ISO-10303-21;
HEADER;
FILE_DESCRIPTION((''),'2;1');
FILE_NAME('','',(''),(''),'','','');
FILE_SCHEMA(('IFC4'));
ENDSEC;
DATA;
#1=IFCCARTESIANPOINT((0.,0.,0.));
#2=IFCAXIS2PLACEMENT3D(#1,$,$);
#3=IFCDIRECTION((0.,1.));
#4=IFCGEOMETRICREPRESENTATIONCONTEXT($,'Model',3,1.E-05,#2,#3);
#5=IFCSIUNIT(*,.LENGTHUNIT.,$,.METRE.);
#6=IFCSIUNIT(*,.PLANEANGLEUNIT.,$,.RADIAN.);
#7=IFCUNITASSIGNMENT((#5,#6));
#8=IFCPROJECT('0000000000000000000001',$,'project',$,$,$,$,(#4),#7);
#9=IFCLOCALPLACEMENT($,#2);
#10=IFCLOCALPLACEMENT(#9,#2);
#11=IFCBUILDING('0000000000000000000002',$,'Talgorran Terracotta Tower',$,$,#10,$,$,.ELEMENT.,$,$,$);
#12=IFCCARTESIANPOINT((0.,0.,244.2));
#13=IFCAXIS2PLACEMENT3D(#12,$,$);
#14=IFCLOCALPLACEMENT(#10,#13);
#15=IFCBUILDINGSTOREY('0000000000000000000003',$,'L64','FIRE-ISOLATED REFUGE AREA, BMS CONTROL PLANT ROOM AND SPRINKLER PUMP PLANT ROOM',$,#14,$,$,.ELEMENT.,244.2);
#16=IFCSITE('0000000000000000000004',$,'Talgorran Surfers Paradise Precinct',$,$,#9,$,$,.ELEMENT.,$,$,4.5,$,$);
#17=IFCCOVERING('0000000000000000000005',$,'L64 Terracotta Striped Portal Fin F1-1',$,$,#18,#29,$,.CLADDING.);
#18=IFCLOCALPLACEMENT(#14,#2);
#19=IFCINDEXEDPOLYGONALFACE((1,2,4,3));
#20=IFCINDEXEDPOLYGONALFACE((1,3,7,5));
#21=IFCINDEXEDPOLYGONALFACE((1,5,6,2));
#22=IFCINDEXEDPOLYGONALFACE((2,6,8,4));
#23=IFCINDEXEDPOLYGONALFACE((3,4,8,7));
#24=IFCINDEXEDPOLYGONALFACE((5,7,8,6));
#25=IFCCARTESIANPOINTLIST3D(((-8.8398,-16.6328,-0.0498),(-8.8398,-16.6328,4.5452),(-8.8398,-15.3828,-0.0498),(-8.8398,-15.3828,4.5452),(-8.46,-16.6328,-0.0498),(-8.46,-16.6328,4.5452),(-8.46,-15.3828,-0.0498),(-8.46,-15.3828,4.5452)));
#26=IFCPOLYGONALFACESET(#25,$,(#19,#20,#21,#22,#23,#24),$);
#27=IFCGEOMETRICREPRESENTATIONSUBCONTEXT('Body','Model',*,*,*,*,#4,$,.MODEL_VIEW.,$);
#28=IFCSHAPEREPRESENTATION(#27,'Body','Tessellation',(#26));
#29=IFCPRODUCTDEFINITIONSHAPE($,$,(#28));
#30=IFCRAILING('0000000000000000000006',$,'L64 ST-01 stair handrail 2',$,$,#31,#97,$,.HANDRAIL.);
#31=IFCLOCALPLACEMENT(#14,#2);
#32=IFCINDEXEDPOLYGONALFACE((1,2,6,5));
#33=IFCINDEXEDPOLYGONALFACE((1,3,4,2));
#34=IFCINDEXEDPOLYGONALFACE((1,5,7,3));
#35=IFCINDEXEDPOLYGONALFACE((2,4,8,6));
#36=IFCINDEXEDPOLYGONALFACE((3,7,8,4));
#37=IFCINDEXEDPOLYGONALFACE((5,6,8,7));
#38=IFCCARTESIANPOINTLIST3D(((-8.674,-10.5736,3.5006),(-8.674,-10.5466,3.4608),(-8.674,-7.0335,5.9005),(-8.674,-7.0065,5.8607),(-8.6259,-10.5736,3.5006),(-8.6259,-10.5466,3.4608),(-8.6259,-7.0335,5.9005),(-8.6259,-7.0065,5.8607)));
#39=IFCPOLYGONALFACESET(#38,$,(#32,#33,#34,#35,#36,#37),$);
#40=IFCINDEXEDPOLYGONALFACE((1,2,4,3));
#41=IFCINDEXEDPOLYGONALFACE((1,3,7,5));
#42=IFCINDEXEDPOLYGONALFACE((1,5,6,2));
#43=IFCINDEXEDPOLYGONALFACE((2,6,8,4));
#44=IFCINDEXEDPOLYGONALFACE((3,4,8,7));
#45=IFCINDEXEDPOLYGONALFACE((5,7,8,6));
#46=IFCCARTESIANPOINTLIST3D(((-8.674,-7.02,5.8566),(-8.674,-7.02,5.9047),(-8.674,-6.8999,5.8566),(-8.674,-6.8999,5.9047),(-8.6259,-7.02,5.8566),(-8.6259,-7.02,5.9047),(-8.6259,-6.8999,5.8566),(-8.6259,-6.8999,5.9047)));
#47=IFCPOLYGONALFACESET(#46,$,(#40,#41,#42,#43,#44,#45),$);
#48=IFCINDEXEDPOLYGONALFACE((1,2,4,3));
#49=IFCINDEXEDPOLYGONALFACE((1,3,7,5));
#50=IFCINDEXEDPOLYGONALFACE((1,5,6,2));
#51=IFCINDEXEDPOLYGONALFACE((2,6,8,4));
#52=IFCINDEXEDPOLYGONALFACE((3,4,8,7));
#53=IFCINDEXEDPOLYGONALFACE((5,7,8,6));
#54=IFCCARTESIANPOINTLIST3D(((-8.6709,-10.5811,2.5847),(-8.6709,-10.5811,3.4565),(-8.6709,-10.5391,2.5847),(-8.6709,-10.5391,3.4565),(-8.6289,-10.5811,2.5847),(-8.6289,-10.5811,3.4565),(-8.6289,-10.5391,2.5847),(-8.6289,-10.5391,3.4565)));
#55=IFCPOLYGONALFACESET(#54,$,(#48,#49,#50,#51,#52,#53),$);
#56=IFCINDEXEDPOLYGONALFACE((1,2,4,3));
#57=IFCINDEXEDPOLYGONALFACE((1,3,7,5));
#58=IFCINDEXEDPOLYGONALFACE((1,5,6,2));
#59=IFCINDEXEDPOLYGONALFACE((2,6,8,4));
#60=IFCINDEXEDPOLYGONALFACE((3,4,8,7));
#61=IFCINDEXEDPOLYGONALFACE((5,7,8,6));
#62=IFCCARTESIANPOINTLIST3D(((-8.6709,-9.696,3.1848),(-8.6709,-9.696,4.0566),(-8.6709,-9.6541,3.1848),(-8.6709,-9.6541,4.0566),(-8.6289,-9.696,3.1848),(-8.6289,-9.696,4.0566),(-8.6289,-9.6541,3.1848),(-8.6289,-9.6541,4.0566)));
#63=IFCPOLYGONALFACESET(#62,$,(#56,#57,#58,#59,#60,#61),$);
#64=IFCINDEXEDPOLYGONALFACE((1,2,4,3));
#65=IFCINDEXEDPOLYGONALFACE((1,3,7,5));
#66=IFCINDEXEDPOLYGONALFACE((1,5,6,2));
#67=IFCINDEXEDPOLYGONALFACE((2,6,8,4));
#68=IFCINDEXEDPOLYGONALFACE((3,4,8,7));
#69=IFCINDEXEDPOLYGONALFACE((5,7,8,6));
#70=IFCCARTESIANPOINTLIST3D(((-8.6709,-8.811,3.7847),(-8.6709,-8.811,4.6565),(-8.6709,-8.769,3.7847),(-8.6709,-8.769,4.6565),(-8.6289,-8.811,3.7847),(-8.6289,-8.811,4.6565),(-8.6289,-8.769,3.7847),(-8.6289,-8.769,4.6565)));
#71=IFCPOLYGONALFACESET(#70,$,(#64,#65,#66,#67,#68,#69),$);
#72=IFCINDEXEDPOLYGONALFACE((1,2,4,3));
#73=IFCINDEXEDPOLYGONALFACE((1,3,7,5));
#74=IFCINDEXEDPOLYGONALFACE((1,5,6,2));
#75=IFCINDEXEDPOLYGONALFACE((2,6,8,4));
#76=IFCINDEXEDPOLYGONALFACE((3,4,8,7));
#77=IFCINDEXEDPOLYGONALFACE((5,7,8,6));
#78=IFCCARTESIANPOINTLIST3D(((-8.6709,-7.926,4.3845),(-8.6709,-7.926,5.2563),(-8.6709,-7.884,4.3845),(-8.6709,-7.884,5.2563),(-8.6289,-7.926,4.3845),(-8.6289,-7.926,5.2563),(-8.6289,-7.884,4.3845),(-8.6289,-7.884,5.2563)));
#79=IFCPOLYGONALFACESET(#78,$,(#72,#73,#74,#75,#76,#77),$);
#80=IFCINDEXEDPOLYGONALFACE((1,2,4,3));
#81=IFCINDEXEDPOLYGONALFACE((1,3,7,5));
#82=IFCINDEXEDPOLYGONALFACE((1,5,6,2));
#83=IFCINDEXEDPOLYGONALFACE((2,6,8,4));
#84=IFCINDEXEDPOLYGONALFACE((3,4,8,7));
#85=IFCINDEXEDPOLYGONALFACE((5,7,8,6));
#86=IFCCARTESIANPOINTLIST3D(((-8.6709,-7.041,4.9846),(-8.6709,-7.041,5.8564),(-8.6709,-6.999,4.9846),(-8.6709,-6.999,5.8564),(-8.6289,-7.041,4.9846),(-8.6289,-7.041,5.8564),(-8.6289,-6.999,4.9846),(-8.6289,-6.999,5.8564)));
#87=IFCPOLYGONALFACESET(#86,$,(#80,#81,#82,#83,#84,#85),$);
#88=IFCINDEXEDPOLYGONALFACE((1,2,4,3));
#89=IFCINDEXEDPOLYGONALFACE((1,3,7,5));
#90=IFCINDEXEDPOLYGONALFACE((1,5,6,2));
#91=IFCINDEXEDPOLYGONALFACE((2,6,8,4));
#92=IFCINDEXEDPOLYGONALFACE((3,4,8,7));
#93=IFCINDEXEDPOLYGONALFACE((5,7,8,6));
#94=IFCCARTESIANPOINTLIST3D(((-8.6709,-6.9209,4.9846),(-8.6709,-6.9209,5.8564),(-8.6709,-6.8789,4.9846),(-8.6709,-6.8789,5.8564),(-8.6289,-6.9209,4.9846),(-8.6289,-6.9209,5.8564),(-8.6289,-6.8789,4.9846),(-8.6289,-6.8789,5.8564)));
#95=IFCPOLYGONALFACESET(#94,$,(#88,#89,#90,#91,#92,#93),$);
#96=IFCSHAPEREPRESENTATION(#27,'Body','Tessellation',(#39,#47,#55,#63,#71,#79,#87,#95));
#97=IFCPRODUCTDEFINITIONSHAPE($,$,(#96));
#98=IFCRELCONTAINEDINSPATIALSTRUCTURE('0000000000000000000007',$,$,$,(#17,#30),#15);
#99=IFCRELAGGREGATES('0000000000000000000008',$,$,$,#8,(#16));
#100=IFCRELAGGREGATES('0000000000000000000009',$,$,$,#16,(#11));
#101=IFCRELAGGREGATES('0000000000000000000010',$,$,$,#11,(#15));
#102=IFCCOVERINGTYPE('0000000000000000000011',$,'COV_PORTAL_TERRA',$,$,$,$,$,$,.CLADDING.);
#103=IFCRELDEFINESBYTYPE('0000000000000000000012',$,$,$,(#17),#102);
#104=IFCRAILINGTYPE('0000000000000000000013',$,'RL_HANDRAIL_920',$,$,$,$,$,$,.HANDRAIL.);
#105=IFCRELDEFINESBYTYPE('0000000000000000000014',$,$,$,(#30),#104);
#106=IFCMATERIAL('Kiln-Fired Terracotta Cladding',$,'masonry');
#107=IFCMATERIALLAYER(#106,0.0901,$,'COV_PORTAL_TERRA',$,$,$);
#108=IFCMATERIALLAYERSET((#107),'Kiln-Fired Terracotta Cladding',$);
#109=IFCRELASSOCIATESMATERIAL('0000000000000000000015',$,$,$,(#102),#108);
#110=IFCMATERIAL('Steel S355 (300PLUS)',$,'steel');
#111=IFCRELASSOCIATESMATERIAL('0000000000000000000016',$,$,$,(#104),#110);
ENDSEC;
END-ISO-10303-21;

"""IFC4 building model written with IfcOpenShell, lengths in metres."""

from ifc_helpers import new_model, si_unit, direction, frame, origin, origin_2d, place, context, subcontext, project, spatial, rectangle, extrude, material, layer, layer_set, type_object, element, save


model = new_model("IFC4")

# Units and contexts
model_context = context("Model", 3, precision=1e-05, world=origin(), true_north=direction((0.0, 1.0)))
body_context = subcontext(model_context, "Body", "Model", "MODEL_VIEW")
ifc_project = project(units=[si_unit("LENGTHUNIT", "METRE"), si_unit("PLANEANGLEUNIT", "RADIAN")], contexts=[model_context])

# Site, building, storey
site_placement = place(None, origin())
site = spatial("IfcSite", under=ifc_project, at=site_placement, Name="Talgorran Surfers Paradise Precinct", CompositionType="ELEMENT", RefElevation=4.5)
building_placement = place(site_placement, origin())
building = spatial("IfcBuilding", under=site, at=building_placement, Name="Talgorran Terracotta Tower", CompositionType="ELEMENT")
storey_placement = place(building_placement, frame((0.0, 0.0, 244.2)))
storey = spatial("IfcBuildingStorey", under=building, at=storey_placement, Name="L64", Description="FIRE-ISOLATED REFUGE AREA, BMS CONTROL PLANT ROOM AND SPRINKLER PUMP PLANT ROOM", CompositionType="ELEMENT", Elevation=244.2)

# Covering
ifc_material_1 = material(Name="Kiln-Fired Terracotta Cladding", Category="masonry")
ifc_layer_1 = layer(ifc_material_1, 0.0901, Name="COV_PORTAL_TERRA")
ifc_layer_set_1 = layer_set([ifc_layer_1], Name="Kiln-Fired Terracotta Cladding")
covering_type = type_object("IfcCoveringType", Name="COV_PORTAL_TERRA", PredefinedType="CLADDING", material=ifc_layer_set_1)
covering_placement = place(storey_placement, frame((-8.6499, -16.0078, -0.0498), z_axis=(0.0, 0.0, 1.0), x_axis=(1.0, 0.0, 0.0)))
element("IfcCovering", 1, at=covering_placement, inside=storey, type_object=covering_type, Name="L64 Terracotta Striped Portal Fin F1-1", PredefinedType="CLADDING", context=body_context, shape_type="SweptSolid", body=[
    extrude(rectangle(XDim=0.3799, YDim=1.25, at=origin_2d()), origin(), (0.0, 0.0, 1.0), 4.595),
])

# Railing
ifc_material_2 = material(Name="Steel S355 (300PLUS)", Category="steel")
railing_type = type_object("IfcRailingType", Name="RL_HANDRAIL_920", PredefinedType="HANDRAIL", material=ifc_material_2)
railing_placement = place(storey_placement, frame((-8.6499, -10.5601, 2.5847)))
element("IfcRailing", 2, at=railing_placement, inside=storey, type_object=railing_type, Name="L64 ST-01 stair handrail 2", PredefinedType="HANDRAIL", context=body_context, shape_type="SweptSolid", body=[
    extrude(rectangle(XDim=0.0481, YDim=0.0481, at=origin_2d()), frame((0.0, 0.0, 0.896), z_axis=(0.0, 0.827722, 0.561138), x_axis=(-1.0, 0.0, 0.0)), (0.0, 0.0, 1.0), 4.2769),
    extrude(rectangle(XDim=0.0481, YDim=0.0481, at=origin_2d()), frame((0.0, 3.54, 3.2959), z_axis=(0.0, 1.0, 0.0), x_axis=(-1.0, 0.0, 0.0)), (0.0, 0.0, 1.0), 0.1201),
    extrude(rectangle(XDim=0.042, YDim=0.042, at=origin_2d()), origin(), (0.0, 0.0, 1.0), 0.8718),
    extrude(rectangle(XDim=0.042, YDim=0.042, at=origin_2d()), frame((0.0, 0.885, 0.6001)), (0.0, 0.0, 1.0), 0.8718),
    extrude(rectangle(XDim=0.042, YDim=0.042, at=origin_2d()), frame((0.0, 1.77, 1.2)), (0.0, 0.0, 1.0), 0.8718),
    extrude(rectangle(XDim=0.042, YDim=0.042, at=origin_2d()), frame((0.0, 2.655, 1.7998)), (0.0, 0.0, 1.0), 0.8718),
    extrude(rectangle(XDim=0.042, YDim=0.042, at=origin_2d()), frame((0.0, 3.54, 2.3999)), (0.0, 0.0, 1.0), 0.8718),
    extrude(rectangle(XDim=0.042, YDim=0.042, at=origin_2d()), frame((0.0, 3.6602, 2.3999)), (0.0, 0.0, 1.0), 0.8718),
])

save(model, "model.ifc")
